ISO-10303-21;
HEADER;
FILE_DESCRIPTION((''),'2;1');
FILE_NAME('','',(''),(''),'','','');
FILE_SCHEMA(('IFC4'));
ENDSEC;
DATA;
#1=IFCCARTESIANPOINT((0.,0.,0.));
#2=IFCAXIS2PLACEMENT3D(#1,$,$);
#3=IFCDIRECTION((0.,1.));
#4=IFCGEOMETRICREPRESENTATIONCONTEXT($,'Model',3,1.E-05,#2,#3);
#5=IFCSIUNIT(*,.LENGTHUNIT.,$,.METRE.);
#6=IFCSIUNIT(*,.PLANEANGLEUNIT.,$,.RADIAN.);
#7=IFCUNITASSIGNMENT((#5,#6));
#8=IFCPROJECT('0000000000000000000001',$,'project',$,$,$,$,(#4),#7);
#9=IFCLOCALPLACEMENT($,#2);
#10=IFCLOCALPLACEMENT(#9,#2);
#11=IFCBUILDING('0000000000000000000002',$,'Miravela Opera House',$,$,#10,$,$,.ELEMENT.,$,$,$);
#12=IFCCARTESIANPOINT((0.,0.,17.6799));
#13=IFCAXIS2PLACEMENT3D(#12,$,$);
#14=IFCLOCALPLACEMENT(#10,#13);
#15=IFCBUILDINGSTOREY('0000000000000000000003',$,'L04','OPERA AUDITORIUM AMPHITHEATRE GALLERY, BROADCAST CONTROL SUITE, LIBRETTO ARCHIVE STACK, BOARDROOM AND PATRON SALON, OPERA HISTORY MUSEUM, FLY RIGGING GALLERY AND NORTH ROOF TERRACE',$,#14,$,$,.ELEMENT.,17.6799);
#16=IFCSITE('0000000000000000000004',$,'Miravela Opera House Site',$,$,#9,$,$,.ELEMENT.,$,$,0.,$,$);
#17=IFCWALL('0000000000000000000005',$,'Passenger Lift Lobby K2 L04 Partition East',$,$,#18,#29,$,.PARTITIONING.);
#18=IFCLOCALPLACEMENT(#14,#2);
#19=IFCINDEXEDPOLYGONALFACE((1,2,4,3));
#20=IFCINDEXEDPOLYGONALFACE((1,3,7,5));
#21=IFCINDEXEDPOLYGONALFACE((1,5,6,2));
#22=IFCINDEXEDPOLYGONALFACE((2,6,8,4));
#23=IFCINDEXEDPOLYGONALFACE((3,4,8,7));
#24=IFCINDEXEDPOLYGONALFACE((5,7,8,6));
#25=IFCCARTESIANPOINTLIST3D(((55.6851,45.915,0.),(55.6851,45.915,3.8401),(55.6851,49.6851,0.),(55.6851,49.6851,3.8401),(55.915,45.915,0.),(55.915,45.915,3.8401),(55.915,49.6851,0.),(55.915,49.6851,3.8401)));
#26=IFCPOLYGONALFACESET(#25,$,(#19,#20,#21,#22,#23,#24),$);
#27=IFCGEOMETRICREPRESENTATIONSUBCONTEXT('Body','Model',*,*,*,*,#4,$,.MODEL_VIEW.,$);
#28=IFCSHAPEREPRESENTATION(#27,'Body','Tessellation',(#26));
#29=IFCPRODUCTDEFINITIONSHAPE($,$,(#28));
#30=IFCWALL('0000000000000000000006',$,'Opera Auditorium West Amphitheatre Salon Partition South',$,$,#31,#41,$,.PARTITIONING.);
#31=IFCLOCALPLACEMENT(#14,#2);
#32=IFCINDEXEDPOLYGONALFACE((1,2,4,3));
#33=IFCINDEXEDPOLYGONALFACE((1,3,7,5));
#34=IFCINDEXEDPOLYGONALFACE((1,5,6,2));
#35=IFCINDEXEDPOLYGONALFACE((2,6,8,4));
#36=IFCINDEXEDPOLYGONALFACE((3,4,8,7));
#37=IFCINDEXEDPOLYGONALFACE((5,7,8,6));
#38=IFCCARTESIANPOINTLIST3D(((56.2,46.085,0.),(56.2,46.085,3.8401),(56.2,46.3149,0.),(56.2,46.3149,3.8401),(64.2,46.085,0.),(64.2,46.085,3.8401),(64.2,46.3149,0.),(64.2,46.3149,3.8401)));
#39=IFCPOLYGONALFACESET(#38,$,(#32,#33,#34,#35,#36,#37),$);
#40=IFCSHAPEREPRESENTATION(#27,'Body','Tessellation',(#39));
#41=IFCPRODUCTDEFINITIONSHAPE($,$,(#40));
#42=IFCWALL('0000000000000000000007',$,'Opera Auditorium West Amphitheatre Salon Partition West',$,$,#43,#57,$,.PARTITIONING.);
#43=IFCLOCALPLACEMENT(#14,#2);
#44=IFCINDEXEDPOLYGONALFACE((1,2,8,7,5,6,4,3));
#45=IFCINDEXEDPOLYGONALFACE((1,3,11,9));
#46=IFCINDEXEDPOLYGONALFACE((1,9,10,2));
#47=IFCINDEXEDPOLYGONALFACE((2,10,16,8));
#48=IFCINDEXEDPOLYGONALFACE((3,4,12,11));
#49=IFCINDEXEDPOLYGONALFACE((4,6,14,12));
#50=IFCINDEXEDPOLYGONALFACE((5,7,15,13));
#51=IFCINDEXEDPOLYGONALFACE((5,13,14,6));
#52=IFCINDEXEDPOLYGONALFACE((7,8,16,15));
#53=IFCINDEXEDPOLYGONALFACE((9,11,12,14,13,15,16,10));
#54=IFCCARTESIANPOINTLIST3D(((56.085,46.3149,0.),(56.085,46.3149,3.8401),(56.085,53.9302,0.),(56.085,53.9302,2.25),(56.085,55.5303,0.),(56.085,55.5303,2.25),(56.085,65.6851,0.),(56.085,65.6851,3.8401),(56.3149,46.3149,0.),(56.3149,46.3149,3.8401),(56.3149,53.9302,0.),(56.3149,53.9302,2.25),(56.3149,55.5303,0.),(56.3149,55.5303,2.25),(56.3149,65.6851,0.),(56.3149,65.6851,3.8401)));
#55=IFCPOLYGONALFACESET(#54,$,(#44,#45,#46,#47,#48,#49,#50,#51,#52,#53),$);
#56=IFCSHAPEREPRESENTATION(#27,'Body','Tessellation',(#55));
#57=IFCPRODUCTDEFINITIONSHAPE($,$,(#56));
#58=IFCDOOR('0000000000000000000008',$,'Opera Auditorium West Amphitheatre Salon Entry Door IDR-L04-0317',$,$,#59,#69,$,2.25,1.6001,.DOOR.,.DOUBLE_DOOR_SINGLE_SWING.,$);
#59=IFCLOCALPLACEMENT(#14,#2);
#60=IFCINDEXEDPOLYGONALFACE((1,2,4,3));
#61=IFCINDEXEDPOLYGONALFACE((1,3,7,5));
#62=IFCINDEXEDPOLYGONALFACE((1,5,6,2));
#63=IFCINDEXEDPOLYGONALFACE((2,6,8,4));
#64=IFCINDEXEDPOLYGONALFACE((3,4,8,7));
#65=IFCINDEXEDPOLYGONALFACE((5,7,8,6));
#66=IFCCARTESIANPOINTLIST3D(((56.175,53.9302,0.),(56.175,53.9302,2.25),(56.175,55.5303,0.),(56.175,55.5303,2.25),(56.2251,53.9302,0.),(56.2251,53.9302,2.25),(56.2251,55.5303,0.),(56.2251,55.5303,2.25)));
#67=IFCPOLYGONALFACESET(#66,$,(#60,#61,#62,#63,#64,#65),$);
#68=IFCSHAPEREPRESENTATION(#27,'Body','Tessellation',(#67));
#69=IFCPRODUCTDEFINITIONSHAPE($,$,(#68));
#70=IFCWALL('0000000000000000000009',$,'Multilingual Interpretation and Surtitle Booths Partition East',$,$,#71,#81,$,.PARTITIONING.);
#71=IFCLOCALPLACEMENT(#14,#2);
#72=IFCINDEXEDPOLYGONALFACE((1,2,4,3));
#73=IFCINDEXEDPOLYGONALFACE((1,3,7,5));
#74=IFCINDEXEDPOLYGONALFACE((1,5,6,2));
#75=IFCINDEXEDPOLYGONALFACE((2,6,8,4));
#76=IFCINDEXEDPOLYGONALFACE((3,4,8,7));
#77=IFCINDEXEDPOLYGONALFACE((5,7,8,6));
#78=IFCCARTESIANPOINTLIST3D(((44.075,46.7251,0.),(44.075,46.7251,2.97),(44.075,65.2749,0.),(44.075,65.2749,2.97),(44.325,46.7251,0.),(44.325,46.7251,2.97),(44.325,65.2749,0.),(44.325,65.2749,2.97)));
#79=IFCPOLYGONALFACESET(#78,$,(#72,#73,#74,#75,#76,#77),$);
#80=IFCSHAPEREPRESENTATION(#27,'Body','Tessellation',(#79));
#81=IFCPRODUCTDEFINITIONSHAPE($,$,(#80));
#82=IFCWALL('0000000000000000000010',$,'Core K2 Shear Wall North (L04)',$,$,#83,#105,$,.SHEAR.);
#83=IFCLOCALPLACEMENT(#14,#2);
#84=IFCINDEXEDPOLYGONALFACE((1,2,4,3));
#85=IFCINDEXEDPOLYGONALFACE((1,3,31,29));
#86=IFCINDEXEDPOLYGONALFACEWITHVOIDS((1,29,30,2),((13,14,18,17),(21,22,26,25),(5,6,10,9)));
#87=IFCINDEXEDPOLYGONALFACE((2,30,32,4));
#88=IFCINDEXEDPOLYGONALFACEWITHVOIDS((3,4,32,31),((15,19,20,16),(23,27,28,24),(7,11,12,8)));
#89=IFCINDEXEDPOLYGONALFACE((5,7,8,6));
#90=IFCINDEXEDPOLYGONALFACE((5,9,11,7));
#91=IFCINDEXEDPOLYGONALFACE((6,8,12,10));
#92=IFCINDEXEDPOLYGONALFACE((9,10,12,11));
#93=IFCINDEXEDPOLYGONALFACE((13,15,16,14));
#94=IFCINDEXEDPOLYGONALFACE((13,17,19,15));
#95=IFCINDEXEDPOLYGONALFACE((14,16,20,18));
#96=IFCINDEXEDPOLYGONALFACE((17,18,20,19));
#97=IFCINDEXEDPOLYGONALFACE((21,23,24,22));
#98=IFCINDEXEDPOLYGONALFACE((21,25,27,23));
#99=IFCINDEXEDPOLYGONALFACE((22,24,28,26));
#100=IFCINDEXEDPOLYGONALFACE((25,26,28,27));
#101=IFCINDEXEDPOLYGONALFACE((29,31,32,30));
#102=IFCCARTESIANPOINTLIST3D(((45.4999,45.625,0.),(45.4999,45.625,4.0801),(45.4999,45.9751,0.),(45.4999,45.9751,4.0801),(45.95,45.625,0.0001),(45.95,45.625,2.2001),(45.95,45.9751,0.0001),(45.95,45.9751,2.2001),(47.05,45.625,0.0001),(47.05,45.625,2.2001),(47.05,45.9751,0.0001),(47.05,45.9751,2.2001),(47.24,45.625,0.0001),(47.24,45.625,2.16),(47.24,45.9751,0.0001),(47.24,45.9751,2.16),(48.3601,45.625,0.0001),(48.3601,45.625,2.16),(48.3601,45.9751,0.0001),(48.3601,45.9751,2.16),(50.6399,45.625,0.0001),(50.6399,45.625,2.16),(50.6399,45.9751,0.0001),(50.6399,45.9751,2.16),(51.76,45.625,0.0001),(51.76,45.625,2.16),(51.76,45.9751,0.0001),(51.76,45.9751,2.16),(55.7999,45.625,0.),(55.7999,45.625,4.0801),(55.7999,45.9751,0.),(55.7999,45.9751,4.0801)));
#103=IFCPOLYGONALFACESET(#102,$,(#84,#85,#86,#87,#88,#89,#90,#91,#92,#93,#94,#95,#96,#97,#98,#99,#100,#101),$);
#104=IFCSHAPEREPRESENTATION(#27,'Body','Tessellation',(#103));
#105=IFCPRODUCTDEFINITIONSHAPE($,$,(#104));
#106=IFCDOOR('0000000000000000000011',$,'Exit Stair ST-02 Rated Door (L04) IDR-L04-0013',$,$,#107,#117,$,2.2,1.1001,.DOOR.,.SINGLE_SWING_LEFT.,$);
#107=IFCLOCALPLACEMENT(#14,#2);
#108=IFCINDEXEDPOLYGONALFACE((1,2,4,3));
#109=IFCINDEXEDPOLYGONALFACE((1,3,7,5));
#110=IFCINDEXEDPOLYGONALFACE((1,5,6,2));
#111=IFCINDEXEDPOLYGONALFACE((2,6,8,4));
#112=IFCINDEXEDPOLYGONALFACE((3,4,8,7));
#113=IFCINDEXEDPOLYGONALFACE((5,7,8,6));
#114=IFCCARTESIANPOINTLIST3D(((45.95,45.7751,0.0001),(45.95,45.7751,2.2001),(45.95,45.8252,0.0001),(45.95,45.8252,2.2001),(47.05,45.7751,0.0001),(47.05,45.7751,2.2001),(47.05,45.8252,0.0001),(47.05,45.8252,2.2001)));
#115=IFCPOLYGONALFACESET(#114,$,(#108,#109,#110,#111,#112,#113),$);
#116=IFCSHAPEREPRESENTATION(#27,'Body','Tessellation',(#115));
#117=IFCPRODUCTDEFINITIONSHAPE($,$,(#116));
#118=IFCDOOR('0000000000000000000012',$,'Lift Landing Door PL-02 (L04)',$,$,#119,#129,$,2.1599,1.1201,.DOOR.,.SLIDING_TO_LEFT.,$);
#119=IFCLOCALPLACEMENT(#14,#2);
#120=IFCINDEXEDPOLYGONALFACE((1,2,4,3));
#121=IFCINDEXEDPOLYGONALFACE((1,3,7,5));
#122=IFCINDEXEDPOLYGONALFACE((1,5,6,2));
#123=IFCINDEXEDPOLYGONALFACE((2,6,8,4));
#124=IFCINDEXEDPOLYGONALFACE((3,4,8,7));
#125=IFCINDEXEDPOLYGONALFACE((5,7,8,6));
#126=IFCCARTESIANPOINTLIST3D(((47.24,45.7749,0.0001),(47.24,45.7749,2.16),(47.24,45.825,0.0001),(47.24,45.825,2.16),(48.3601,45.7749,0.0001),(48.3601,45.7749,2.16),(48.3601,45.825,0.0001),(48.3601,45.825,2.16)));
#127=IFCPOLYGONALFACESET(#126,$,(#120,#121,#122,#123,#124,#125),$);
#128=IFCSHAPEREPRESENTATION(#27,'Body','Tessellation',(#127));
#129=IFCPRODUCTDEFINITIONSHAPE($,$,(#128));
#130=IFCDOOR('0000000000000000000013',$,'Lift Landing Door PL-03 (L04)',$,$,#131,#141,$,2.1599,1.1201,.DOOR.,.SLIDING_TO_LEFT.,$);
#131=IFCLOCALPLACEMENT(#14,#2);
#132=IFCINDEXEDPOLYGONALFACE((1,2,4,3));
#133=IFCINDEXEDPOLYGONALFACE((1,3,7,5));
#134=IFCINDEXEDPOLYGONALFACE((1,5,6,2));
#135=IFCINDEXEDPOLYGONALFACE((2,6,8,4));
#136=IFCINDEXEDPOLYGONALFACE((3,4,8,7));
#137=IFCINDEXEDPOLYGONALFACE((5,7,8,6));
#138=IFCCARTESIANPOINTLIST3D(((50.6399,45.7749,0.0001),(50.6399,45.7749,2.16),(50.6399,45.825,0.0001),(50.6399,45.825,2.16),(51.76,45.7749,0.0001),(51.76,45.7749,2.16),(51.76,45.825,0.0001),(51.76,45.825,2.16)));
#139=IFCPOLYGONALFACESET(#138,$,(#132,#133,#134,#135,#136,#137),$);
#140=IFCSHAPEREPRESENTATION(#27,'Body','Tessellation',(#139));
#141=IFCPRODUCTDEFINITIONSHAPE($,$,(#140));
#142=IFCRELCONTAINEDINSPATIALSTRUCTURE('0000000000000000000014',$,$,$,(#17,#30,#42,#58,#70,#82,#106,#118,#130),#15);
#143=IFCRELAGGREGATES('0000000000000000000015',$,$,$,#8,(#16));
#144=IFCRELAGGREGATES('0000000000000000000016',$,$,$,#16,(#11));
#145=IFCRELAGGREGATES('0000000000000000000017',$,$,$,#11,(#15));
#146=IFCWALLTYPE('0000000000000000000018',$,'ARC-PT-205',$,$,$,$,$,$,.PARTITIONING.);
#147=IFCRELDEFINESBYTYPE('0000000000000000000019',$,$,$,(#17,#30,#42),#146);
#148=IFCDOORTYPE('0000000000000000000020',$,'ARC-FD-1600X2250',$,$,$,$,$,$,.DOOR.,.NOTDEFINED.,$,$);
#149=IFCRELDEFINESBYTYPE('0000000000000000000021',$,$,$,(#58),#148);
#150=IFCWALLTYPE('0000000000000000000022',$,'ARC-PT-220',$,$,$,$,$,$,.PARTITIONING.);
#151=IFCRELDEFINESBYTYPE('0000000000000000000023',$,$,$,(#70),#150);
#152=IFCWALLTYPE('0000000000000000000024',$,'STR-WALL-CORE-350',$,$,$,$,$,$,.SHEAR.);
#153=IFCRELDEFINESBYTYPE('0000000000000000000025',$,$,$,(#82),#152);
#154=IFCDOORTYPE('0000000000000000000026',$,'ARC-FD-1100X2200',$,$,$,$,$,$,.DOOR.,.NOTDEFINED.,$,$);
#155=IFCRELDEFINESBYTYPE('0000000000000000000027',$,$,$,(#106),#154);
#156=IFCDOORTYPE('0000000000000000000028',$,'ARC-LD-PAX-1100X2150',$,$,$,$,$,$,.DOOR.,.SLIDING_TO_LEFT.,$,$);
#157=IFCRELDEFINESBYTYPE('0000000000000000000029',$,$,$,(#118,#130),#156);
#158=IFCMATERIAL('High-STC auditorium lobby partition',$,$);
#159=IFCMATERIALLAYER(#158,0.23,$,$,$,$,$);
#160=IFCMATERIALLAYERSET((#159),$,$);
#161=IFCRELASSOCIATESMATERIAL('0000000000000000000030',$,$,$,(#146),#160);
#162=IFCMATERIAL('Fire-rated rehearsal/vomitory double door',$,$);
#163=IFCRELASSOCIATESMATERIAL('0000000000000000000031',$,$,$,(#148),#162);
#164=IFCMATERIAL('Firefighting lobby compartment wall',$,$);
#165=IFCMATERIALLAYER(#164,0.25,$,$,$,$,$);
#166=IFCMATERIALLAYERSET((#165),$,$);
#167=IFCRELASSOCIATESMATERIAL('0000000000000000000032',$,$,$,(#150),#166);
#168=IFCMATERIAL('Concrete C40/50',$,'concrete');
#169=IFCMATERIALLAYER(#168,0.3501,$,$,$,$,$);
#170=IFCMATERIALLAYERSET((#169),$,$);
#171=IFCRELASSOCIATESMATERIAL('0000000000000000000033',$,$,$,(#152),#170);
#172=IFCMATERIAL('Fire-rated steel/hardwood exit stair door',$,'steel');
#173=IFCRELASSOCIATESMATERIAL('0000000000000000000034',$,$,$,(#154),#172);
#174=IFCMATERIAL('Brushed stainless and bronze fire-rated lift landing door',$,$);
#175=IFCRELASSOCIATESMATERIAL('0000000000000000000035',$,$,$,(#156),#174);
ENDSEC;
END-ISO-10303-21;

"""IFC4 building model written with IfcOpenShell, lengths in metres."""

from ifc_helpers import new_model, si_unit, direction, frame, frame_2d, origin, place, context, subcontext, project, spatial, rectangle, extrude, material, layer, layer_set, type_object, element, fill, save


model = new_model("IFC4")

# Units and contexts
model_context = context("Model", 3, precision=1e-05, world=origin(), true_north=direction((0.0, 1.0)))
body_context = subcontext(model_context, "Body", "Model", "MODEL_VIEW")
ifc_project = project(units=[si_unit("LENGTHUNIT", "METRE"), si_unit("PLANEANGLEUNIT", "RADIAN")], contexts=[model_context])

# Site, building, storey
site_placement = place(None, origin())
site = spatial("IfcSite", under=ifc_project, at=site_placement, Name="Miravela Opera House Site", CompositionType="ELEMENT", RefElevation=0.0)
building_placement = place(site_placement, origin())
building = spatial("IfcBuilding", under=site, at=building_placement, Name="Miravela Opera House", CompositionType="ELEMENT")
storey_placement = place(building_placement, frame((0.0, 0.0, 17.6799)))
storey = spatial("IfcBuildingStorey", under=building, at=storey_placement, Name="L04", Description="OPERA AUDITORIUM AMPHITHEATRE GALLERY, BROADCAST CONTROL SUITE, LIBRETTO ARCHIVE STACK, BOARDROOM AND PATRON SALON, OPERA HISTORY MUSEUM, FLY RIGGING GALLERY AND NORTH ROOF TERRACE", CompositionType="ELEMENT", Elevation=17.6799)

# Shared definitions
ifc_material_1 = material(Name="Concrete C40/50", Category="concrete")

# Shared definitions
ifc_material_2 = material(Name="High-STC auditorium lobby partition")
ifc_layer_1 = layer(ifc_material_2, 0.23)
ifc_layer_set_1 = layer_set([ifc_layer_1])
wall_type_1 = type_object("IfcWallType", Name="ARC-PT-205", PredefinedType="PARTITIONING", material=ifc_layer_set_1)

# Walls
wall_1_placement = place(storey_placement, frame((55.8, 45.915, 0.0), z_axis=(0.0, 0.0, 1.0), x_axis=(0.0, 1.0, 0.0)))
element("IfcWall", 1, at=wall_1_placement, inside=storey, type_object=wall_type_1, Name="Passenger Lift Lobby K2 L04 Partition East", PredefinedType="PARTITIONING", context=body_context, shape_type="SweptSolid", body=[
    extrude(rectangle(XDim=3.77, YDim=0.23, at=frame_2d((1.885, 0.0))), origin(), (0.0, 0.0, 1.0), 3.8401),
])
wall_2_placement = place(storey_placement, frame((56.2, 46.2, 0.0), z_axis=(0.0, 0.0, 1.0), x_axis=(1.0, 0.0, 0.0)))
element("IfcWall", 2, at=wall_2_placement, inside=storey, type_object=wall_type_1, Name="Opera Auditorium West Amphitheatre Salon Partition South", PredefinedType="PARTITIONING", context=body_context, shape_type="SweptSolid", body=[
    extrude(rectangle(XDim=8.0, YDim=0.23, at=frame_2d((4.0, 0.0))), origin(), (0.0, 0.0, 1.0), 3.8401),
])

# Wall, opening, door
wall_3_placement = place(storey_placement, frame((56.2, 46.3149, 0.0), z_axis=(0.0, 0.0, 1.0), x_axis=(0.0, 1.0, 0.0)))
wall_3 = element("IfcWall", 3, at=wall_3_placement, inside=storey, type_object=wall_type_1, Name="Opera Auditorium West Amphitheatre Salon Partition West", PredefinedType="PARTITIONING", context=body_context, shape_type="SweptSolid", body=[
    extrude(rectangle(XDim=19.3701, YDim=0.23, at=frame_2d((9.6851, 0.0))), origin(), (0.0, 0.0, 1.0), 3.8401),
])
opening_1_placement = place(wall_3_placement, frame((7.6152, 0.0, 0.0)))
opening_1 = element("IfcOpeningElement", 4, at=opening_1_placement, cuts=wall_3, PredefinedType="OPENING", context=body_context, shape_type="SweptSolid", body=[
    extrude(rectangle(XDim=1.6001, YDim=2.25, at=frame_2d((0.8, 1.125))), frame((0.0, 0.125, 0.0), z_axis=(0.0, -1.0, 0.0), x_axis=(1.0, 0.0, 0.0)), (0.0, 0.0, 1.0), 0.25),
])
ifc_material_3 = material(Name="Fire-rated rehearsal/vomitory double door")
door_type_1 = type_object("IfcDoorType", Name="ARC-FD-1600X2250", OperationType="NOTDEFINED", PredefinedType="DOOR", material=ifc_material_3)
door_1_placement = place(opening_1_placement, origin())
door_1 = element("IfcDoor", 5, at=door_1_placement, inside=storey, type_object=door_type_1, Name="Opera Auditorium West Amphitheatre Salon Entry Door IDR-L04-0317", OperationType="DOUBLE_DOOR_SINGLE_SWING", OverallHeight=2.25, OverallWidth=1.6001, PredefinedType="DOOR", context=body_context, shape_type="SweptSolid", body=[
    extrude(rectangle(XDim=1.6001, YDim=2.25, at=frame_2d((0.8, 1.125))), frame((0.0, 0.0249, 0.0), z_axis=(0.0, -1.0, 0.0), x_axis=(1.0, 0.0, 0.0)), (0.0, 0.0, 1.0), 0.05),
])
fill(opening_1, door_1)

# Wall
ifc_material_4 = material(Name="Firefighting lobby compartment wall")
ifc_layer_2 = layer(ifc_material_4, 0.25)
ifc_layer_set_2 = layer_set([ifc_layer_2])
wall_type_2 = type_object("IfcWallType", Name="ARC-PT-220", PredefinedType="PARTITIONING", material=ifc_layer_set_2)
wall_4_placement = place(storey_placement, frame((44.2, 46.7251, 0.0), z_axis=(0.0, 0.0, 1.0), x_axis=(0.0, 1.0, 0.0)))
element("IfcWall", 6, at=wall_4_placement, inside=storey, type_object=wall_type_2, Name="Multilingual Interpretation and Surtitle Booths Partition East", PredefinedType="PARTITIONING", context=body_context, shape_type="SweptSolid", body=[
    extrude(rectangle(XDim=18.5498, YDim=0.25, at=frame_2d((9.2749, 0.0))), origin(), (0.0, 0.0, 1.0), 2.97),
])

# Wall, openings, doors
ifc_layer_3 = layer(ifc_material_1, 0.3501)
ifc_layer_set_3 = layer_set([ifc_layer_3])
wall_type_3 = type_object("IfcWallType", Name="STR-WALL-CORE-350", PredefinedType="SHEAR", material=ifc_layer_set_3)
wall_5_placement = place(storey_placement, frame((45.5, 45.8, 0.0), z_axis=(0.0, 0.0, 1.0), x_axis=(1.0, 0.0, 0.0)))
wall_5 = element("IfcWall", 7, at=wall_5_placement, inside=storey, type_object=wall_type_3, Name="Core K2 Shear Wall North (L04)", PredefinedType="SHEAR", context=body_context, shape_type="SweptSolid", body=[
    extrude(rectangle(XDim=10.3, YDim=0.3501, at=frame_2d((5.1499, 0.0))), origin(), (0.0, 0.0, 1.0), 4.0801),
])
opening_2_placement = place(wall_5_placement, frame((0.45, 0.0, 0.0)))
opening_2 = element("IfcOpeningElement", 8, at=opening_2_placement, cuts=wall_5, PredefinedType="OPENING", context=body_context, shape_type="SweptSolid", body=[
    extrude(rectangle(XDim=1.1001, YDim=2.2, at=frame_2d((0.55, 1.1001))), frame((0.0, 0.1851, 0.0), z_axis=(0.0, -1.0, 0.0), x_axis=(1.0, 0.0, 0.0)), (0.0, 0.0, 1.0), 0.3701),
])
opening_3_placement = place(wall_5_placement, frame((1.74, 0.0, 0.0)))
opening_3 = element("IfcOpeningElement", 9, at=opening_3_placement, cuts=wall_5, PredefinedType="OPENING", context=body_context, shape_type="SweptSolid", body=[
    extrude(rectangle(XDim=1.1201, YDim=2.1599, at=frame_2d((0.5601, 1.0801))), frame((0.0, 0.1851, 0.0), z_axis=(0.0, -1.0, 0.0), x_axis=(1.0, 0.0, 0.0)), (0.0, 0.0, 1.0), 0.3701),
])
opening_4_placement = place(wall_5_placement, frame((5.1399, 0.0, 0.0)))
opening_4 = element("IfcOpeningElement", 10, at=opening_4_placement, cuts=wall_5, PredefinedType="OPENING", context=body_context, shape_type="SweptSolid", body=[
    extrude(rectangle(XDim=1.1201, YDim=2.1599, at=frame_2d((0.5601, 1.0801))), frame((0.0, 0.1851, 0.0), z_axis=(0.0, -1.0, 0.0), x_axis=(1.0, 0.0, 0.0)), (0.0, 0.0, 1.0), 0.3701),
])
ifc_material_5 = material(Name="Fire-rated steel/hardwood exit stair door", Category="steel")
door_type_2 = type_object("IfcDoorType", Name="ARC-FD-1100X2200", OperationType="NOTDEFINED", PredefinedType="DOOR", material=ifc_material_5)
door_2_placement = place(opening_2_placement, frame((1.1001, 0.0, 0.0), z_axis=(0.0, 0.0, 1.0), x_axis=(-1.0, 0.0, 0.0)))
door_2 = element("IfcDoor", 11, at=door_2_placement, inside=storey, type_object=door_type_2, Name="Exit Stair ST-02 Rated Door (L04) IDR-L04-0013", OperationType="SINGLE_SWING_LEFT", OverallHeight=2.2, OverallWidth=1.1001, PredefinedType="DOOR", context=body_context, shape_type="SweptSolid", body=[
    extrude(rectangle(XDim=1.1001, YDim=2.2, at=frame_2d((0.55, 1.1001))), frame((0.0, 0.0249, 0.0), z_axis=(0.0, -1.0, 0.0), x_axis=(1.0, 0.0, 0.0)), (0.0, 0.0, 1.0), 0.05),
])
fill(opening_2, door_2)
ifc_material_6 = material(Name="Brushed stainless and bronze fire-rated lift landing door")
door_type_3 = type_object("IfcDoorType", Name="ARC-LD-PAX-1100X2150", OperationType="SLIDING_TO_LEFT", PredefinedType="DOOR", material=ifc_material_6)
door_3_placement = place(opening_3_placement, origin())
door_3 = element("IfcDoor", 12, at=door_3_placement, inside=storey, type_object=door_type_3, Name="Lift Landing Door PL-02 (L04)", OperationType="SLIDING_TO_LEFT", OverallHeight=2.1599, OverallWidth=1.1201, PredefinedType="DOOR", context=body_context, shape_type="SweptSolid", body=[
    extrude(rectangle(XDim=1.1201, YDim=2.1599, at=frame_2d((0.5601, 1.0801))), frame((0.0, 0.0249, 0.0), z_axis=(0.0, -1.0, 0.0), x_axis=(1.0, 0.0, 0.0)), (0.0, 0.0, 1.0), 0.05),
])
fill(opening_3, door_3)
door_4_placement = place(opening_4_placement, origin())
door_4 = element("IfcDoor", 13, at=door_4_placement, inside=storey, type_object=door_type_3, Name="Lift Landing Door PL-03 (L04)", OperationType="SLIDING_TO_LEFT", OverallHeight=2.1599, OverallWidth=1.1201, PredefinedType="DOOR", context=body_context, shape_type="SweptSolid", body=[
    extrude(rectangle(XDim=1.1201, YDim=2.1599, at=frame_2d((0.5601, 1.0801))), frame((0.0, 0.0249, 0.0), z_axis=(0.0, -1.0, 0.0), x_axis=(1.0, 0.0, 0.0)), (0.0, 0.0, 1.0), 0.05),
])
fill(opening_4, door_4)

save(model, "model.ifc")
